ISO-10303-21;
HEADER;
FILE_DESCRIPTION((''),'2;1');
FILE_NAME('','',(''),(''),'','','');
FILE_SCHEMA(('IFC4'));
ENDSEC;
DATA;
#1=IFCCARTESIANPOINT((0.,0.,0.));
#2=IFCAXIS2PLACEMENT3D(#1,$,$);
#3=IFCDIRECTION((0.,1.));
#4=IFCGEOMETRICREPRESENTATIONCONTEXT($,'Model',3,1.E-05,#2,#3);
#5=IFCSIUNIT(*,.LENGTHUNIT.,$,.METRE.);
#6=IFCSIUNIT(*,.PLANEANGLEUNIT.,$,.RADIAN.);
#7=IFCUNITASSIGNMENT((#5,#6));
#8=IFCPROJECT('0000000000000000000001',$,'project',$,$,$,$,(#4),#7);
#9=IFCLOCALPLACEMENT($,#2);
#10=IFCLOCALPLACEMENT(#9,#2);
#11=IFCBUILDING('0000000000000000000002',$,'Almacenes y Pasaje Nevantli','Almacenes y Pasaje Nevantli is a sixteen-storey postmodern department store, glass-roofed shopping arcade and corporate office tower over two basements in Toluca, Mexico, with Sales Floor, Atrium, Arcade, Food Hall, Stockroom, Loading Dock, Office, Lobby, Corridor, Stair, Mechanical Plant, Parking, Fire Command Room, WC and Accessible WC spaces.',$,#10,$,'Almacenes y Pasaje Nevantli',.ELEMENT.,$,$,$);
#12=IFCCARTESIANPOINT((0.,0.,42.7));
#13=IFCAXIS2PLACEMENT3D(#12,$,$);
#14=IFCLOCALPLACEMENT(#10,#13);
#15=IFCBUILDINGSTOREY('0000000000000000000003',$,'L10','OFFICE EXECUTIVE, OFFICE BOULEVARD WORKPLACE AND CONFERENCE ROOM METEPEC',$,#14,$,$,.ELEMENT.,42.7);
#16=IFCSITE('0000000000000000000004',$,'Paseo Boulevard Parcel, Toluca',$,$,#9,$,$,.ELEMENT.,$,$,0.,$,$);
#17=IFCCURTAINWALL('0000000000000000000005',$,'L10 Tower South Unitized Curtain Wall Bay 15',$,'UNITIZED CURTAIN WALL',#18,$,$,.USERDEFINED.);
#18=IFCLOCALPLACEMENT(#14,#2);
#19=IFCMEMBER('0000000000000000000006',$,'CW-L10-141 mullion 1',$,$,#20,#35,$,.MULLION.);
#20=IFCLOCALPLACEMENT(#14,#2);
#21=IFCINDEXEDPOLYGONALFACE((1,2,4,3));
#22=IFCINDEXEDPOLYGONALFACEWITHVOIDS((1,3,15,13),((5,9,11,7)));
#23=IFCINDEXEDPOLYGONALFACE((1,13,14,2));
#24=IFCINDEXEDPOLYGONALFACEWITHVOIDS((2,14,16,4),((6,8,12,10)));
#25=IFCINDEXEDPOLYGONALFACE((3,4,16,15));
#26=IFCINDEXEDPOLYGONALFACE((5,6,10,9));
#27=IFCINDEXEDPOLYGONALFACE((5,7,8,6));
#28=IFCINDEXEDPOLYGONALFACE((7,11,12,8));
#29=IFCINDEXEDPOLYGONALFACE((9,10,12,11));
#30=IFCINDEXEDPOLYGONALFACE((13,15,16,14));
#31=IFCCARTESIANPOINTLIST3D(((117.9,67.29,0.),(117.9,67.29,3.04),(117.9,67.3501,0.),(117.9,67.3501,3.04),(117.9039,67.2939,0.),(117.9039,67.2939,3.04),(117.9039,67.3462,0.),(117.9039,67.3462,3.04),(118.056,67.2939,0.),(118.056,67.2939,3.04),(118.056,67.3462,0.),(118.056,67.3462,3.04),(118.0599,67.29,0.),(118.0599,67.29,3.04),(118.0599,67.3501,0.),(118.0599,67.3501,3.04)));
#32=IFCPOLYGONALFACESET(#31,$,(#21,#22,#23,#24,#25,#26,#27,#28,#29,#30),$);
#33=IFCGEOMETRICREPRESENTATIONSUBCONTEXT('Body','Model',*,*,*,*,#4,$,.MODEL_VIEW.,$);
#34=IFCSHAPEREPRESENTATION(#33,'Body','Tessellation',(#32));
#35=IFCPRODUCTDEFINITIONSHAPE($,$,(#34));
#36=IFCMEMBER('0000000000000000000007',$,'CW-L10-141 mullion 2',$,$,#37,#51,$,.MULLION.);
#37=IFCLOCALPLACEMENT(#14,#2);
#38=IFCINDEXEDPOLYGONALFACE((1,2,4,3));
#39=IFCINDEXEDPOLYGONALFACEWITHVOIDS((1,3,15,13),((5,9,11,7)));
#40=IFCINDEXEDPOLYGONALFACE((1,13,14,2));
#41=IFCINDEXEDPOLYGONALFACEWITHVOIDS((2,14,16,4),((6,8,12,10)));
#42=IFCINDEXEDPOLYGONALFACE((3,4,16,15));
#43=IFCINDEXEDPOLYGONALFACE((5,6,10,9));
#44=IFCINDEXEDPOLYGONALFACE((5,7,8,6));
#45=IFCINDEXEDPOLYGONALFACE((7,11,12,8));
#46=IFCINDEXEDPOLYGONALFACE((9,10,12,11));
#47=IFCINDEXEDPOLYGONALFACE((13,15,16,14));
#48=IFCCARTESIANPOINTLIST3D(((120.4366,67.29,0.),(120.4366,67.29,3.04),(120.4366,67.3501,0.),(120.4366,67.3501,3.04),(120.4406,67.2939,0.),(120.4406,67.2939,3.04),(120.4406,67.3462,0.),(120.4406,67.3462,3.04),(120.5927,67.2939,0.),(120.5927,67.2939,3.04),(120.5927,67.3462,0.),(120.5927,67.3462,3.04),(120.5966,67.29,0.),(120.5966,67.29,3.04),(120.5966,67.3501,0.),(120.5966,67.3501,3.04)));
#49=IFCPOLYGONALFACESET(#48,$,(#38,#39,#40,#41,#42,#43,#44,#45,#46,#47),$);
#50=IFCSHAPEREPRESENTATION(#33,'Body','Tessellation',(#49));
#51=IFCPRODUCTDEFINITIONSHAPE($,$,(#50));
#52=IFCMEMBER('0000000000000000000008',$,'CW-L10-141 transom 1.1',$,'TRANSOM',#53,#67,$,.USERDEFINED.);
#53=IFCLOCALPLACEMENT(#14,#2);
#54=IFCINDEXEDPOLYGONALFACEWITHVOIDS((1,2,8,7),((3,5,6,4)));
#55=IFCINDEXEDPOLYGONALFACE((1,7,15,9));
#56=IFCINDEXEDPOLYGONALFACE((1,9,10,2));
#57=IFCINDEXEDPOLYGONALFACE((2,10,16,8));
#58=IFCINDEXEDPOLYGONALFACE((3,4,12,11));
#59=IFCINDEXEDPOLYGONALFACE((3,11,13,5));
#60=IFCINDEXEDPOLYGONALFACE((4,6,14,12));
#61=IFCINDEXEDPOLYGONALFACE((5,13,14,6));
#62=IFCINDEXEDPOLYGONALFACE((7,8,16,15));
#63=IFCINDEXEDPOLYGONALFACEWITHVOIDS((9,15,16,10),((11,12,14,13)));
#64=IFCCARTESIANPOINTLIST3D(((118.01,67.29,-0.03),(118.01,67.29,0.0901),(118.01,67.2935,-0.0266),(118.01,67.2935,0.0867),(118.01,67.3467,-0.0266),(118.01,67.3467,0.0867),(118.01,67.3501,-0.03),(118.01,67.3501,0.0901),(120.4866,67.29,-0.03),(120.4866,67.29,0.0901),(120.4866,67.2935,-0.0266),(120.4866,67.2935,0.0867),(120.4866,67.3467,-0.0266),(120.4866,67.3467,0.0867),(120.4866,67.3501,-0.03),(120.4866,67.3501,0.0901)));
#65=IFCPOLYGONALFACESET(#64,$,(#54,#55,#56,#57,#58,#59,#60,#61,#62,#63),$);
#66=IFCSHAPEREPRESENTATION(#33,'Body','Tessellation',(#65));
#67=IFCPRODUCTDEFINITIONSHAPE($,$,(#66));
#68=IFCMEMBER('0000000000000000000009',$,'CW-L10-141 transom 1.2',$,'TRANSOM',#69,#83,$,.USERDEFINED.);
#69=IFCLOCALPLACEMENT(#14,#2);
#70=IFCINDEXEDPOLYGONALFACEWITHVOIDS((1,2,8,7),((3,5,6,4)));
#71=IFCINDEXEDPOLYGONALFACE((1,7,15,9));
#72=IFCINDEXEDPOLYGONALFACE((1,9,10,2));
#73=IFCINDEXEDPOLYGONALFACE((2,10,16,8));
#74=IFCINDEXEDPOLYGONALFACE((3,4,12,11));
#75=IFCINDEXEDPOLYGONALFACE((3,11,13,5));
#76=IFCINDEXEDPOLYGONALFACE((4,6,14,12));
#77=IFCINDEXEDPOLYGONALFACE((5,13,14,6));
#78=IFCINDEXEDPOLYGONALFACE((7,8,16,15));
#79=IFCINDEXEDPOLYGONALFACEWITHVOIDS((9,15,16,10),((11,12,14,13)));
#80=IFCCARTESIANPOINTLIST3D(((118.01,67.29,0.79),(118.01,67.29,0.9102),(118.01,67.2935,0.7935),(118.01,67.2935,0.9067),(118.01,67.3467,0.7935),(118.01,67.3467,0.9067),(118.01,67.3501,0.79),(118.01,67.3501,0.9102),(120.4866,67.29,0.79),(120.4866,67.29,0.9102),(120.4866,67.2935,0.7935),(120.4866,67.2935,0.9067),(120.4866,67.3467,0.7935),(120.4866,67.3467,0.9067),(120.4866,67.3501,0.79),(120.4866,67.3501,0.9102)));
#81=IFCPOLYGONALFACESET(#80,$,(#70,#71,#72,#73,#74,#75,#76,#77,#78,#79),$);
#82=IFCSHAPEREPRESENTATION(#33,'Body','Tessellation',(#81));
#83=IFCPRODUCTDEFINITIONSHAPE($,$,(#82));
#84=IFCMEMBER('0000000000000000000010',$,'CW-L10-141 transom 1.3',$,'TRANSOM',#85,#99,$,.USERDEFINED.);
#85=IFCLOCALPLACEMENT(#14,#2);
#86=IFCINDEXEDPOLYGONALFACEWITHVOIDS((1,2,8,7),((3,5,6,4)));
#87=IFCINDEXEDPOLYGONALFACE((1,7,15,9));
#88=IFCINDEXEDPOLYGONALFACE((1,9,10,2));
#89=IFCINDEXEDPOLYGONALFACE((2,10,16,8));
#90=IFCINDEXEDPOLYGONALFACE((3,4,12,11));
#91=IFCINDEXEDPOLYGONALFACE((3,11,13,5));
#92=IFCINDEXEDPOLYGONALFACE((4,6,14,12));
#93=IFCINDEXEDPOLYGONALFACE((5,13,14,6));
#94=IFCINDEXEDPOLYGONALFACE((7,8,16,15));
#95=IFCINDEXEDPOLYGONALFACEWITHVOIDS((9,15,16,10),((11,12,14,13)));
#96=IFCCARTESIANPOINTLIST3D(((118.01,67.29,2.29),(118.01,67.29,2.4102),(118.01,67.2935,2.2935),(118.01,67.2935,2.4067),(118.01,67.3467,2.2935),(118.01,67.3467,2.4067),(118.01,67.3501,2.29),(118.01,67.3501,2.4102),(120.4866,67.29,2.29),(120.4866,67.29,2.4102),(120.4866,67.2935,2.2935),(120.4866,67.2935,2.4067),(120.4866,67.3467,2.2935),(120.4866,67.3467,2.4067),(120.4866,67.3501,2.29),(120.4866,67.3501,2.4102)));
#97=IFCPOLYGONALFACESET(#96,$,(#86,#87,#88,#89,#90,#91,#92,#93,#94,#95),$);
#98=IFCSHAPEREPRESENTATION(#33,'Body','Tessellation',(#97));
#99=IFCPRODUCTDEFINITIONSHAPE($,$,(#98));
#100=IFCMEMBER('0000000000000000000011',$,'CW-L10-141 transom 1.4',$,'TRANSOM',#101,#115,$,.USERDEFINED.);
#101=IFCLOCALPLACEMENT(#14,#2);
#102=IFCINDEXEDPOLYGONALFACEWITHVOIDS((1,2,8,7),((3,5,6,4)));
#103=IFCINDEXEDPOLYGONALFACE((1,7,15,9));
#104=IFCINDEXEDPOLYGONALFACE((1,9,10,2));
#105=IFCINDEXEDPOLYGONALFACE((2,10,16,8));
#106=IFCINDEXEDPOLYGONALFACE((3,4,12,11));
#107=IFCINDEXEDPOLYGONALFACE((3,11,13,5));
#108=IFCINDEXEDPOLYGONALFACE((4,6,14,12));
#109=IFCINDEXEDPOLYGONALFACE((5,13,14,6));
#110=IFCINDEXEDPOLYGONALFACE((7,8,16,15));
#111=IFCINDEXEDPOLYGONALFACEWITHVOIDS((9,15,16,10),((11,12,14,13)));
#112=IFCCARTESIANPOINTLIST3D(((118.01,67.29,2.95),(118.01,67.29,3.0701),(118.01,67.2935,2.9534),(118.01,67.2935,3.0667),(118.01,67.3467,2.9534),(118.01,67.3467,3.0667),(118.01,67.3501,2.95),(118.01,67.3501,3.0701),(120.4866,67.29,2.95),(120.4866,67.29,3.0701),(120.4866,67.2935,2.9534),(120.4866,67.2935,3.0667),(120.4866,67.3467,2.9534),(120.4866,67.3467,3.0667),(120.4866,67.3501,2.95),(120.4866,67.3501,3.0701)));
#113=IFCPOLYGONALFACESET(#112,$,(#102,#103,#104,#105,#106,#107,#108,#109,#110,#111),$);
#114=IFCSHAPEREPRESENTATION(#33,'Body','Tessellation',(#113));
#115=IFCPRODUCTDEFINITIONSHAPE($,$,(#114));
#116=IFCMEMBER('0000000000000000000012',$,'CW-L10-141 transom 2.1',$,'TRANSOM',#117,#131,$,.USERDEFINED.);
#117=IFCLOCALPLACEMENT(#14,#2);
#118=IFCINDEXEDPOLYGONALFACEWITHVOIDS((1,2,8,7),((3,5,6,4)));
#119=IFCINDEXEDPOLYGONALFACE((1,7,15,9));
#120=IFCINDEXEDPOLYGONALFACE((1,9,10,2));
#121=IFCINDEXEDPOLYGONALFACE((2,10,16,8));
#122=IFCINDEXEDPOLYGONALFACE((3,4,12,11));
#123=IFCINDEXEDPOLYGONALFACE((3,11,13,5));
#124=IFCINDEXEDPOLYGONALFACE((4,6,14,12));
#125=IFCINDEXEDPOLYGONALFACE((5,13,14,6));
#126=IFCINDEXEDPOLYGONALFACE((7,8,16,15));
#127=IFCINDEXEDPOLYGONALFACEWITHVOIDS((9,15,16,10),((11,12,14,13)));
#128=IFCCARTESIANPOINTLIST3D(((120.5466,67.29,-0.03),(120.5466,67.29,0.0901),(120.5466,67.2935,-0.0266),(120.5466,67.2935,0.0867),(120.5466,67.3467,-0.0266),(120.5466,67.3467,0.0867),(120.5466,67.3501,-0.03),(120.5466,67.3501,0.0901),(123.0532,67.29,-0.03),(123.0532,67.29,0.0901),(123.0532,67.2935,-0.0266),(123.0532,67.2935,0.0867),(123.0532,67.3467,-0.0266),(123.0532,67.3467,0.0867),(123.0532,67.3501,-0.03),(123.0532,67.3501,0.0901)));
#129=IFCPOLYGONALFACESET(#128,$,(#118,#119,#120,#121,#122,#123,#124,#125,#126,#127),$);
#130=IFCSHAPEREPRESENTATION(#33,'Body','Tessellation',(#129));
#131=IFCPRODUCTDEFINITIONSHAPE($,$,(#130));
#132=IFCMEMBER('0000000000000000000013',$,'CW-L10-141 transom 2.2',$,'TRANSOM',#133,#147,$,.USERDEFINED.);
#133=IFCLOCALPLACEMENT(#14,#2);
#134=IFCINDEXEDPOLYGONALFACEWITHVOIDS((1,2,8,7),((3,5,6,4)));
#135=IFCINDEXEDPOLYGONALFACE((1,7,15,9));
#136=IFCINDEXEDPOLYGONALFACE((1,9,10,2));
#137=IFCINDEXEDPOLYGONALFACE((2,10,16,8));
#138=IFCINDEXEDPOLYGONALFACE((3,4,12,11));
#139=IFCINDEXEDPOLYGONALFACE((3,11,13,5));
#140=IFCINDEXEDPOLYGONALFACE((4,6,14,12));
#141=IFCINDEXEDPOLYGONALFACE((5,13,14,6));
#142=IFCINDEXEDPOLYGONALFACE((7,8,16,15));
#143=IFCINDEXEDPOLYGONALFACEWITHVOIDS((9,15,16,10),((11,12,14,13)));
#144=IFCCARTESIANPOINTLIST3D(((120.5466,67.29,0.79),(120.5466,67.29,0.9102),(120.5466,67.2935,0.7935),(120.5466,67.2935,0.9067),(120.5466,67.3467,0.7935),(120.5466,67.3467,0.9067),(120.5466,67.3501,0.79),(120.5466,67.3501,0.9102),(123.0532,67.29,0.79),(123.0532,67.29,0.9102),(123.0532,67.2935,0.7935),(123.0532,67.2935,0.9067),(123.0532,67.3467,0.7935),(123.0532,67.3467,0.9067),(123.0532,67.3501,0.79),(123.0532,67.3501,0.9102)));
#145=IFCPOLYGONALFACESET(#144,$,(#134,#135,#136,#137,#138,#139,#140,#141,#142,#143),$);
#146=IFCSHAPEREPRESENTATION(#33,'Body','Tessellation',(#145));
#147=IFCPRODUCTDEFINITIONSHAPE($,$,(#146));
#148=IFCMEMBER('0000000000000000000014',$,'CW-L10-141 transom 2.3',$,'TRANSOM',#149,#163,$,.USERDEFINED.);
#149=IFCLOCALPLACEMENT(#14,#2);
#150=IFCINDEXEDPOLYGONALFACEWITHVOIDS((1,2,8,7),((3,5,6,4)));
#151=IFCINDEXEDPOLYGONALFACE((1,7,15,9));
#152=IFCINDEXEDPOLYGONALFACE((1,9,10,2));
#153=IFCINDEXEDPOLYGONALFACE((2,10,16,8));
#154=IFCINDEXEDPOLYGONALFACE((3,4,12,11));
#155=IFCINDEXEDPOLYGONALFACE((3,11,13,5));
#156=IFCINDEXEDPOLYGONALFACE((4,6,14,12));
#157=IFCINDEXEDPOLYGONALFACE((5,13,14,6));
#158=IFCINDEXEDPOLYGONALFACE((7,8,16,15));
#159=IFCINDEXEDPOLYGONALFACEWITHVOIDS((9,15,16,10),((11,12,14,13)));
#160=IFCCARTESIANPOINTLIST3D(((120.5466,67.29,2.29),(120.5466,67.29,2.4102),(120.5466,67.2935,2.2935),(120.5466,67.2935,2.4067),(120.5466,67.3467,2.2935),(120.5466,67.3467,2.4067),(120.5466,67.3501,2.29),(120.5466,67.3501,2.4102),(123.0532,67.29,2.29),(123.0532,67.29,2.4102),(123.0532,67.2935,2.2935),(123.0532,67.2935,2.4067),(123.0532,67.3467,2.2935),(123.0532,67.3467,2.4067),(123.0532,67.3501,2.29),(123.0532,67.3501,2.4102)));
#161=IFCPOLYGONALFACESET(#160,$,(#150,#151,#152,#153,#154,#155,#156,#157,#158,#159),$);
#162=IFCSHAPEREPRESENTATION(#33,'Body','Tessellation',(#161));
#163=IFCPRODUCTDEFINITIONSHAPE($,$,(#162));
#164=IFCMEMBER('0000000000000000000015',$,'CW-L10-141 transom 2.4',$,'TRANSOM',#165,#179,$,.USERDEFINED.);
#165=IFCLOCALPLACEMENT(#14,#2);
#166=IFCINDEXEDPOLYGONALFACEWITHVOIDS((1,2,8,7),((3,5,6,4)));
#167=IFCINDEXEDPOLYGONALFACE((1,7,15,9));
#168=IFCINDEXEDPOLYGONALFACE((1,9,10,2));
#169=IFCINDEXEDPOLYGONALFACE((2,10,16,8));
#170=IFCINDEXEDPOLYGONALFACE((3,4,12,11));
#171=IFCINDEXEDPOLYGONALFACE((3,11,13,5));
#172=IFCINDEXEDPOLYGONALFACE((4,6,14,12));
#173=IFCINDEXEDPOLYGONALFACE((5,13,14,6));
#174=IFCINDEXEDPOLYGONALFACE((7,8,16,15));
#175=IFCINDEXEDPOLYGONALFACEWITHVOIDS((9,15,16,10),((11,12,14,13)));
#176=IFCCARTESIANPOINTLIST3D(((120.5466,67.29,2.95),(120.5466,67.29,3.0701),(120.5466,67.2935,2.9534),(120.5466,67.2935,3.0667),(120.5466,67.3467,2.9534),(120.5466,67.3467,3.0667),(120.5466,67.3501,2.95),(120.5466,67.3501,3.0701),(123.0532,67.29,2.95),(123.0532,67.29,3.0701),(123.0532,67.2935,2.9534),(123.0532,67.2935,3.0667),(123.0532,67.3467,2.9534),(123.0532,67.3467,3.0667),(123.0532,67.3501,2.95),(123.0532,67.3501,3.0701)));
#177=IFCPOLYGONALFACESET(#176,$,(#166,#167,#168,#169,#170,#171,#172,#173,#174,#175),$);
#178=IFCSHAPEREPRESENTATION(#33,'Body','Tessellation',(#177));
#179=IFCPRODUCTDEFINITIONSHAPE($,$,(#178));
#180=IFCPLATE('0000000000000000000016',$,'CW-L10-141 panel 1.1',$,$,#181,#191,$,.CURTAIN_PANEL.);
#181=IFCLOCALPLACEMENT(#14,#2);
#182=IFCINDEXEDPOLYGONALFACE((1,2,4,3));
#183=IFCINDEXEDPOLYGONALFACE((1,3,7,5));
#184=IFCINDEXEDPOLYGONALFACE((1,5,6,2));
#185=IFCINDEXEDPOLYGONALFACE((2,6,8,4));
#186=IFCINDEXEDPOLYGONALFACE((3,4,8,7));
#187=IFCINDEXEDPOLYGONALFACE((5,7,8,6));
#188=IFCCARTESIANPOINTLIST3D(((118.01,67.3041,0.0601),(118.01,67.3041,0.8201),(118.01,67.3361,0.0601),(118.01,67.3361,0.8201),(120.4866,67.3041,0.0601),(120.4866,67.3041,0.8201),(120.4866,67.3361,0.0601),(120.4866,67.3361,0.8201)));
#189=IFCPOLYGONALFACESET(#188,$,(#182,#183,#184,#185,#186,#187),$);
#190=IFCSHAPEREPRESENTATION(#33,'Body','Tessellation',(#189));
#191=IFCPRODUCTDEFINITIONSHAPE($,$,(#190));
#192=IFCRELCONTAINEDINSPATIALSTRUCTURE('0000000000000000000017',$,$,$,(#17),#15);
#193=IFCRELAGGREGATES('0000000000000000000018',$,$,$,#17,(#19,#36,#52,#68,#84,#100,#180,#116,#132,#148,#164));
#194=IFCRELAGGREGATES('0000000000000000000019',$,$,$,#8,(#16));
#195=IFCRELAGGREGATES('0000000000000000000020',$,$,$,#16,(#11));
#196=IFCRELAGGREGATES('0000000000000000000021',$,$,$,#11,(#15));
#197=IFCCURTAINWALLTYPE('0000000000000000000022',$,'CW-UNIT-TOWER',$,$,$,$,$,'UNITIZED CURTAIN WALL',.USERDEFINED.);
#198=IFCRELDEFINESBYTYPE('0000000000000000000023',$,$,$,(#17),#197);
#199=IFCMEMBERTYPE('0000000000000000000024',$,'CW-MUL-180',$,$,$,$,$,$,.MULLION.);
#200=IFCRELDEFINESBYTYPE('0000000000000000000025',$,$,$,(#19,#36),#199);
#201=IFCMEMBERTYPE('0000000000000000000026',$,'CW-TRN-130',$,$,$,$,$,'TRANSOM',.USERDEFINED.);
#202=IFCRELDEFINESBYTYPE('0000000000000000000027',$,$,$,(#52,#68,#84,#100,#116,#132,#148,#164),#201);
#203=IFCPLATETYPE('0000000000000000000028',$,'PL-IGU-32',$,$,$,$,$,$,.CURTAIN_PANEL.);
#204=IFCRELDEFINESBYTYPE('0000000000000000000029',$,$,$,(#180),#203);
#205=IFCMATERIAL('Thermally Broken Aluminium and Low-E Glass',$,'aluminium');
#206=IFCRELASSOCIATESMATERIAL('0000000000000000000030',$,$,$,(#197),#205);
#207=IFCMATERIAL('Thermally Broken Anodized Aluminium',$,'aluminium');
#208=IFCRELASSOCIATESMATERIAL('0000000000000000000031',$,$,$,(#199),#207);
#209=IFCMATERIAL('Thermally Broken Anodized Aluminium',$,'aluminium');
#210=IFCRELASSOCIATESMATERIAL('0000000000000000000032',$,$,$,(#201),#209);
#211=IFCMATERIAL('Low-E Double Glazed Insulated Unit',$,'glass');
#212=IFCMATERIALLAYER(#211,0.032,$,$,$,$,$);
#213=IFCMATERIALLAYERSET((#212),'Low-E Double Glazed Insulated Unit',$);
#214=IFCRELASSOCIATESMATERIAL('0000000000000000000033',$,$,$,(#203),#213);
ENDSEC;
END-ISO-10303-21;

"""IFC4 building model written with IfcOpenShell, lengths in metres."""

from ifc_helpers import new_model, si_unit, direction, frame, origin, origin_2d, place, context, subcontext, project, spatial, rectangle, hollow_rectangle, extrude, material, layer, layer_set, material_profile, profile_set, type_object, element, aggregate, save


model = new_model("IFC4")

# Units and contexts
model_context = context("Model", 3, precision=1e-05, world=origin(), true_north=direction((0.0, 1.0)))
body_context = subcontext(model_context, "Body", "Model", "MODEL_VIEW")
ifc_project = project(units=[si_unit("LENGTHUNIT", "METRE"), si_unit("PLANEANGLEUNIT", "RADIAN")], contexts=[model_context])

# Site, building, storey
site_placement = place(None, origin())
site = spatial("IfcSite", under=ifc_project, at=site_placement, Name="Paseo Boulevard Parcel, Toluca", CompositionType="ELEMENT", RefElevation=0.0)
building_placement = place(site_placement, origin())
building = spatial("IfcBuilding", under=site, at=building_placement, Name="Almacenes y Pasaje Nevantli", Description="Almacenes y Pasaje Nevantli is a sixteen-storey postmodern department store, glass-roofed shopping arcade and corporate office tower over two basements in Toluca, Mexico, with Sales Floor, Atrium, Arcade, Food Hall, Stockroom, Loading Dock, Office, Lobby, Corridor, Stair, Mechanical Plant, Parking, Fire Command Room, WC and Accessible WC spaces.", LongName="Almacenes y Pasaje Nevantli", CompositionType="ELEMENT")
storey_placement = place(building_placement, frame((0.0, 0.0, 42.7)))
storey = spatial("IfcBuildingStorey", under=building, at=storey_placement, Name="L10", Description="OFFICE EXECUTIVE, OFFICE BOULEVARD WORKPLACE AND CONFERENCE ROOM METEPEC", CompositionType="ELEMENT", Elevation=42.7)

# Curtain wall, members, plate
ifc_material_1 = material(Name="Thermally Broken Aluminium and Low-E Glass", Category="aluminium")
curtain_wall_type = type_object("IfcCurtainWallType", Name="CW-UNIT-TOWER", ElementType="UNITIZED CURTAIN WALL", PredefinedType="USERDEFINED", material=ifc_material_1)
curtain_wall_placement = place(storey_placement, origin())
curtain_wall = element("IfcCurtainWall", 1, at=curtain_wall_placement, inside=storey, type_object=curtain_wall_type, Name="L10 Tower South Unitized Curtain Wall Bay 15", ObjectType="UNITIZED CURTAIN WALL", PredefinedType="USERDEFINED")
ifc_material_2 = material(Name="Thermally Broken Anodized Aluminium", Category="aluminium")
ifc_material_profile_1 = material_profile(ifc_material_2, hollow_rectangle(XDim=0.0601, YDim=0.1599, WallThickness=0.0039, at=origin_2d()), Name="ALU-MUL-60x160")
ifc_profile_set_1 = profile_set([ifc_material_profile_1], Name="Thermally Broken Anodized Aluminium")
member_type_1 = type_object("IfcMemberType", Name="CW-MUL-180", PredefinedType="MULLION", material=ifc_profile_set_1)
member_1_placement = place(storey_placement, frame((117.98, 67.3201, 0.0), z_axis=(0.0, 0.0, 1.0), x_axis=(0.0, 1.0, 0.0)))
member_1 = element("IfcMember", 2, at=member_1_placement, type_object=member_type_1, Name="CW-L10-141 mullion 1", PredefinedType="MULLION", context=body_context, shape_type="SweptSolid", body=[
    extrude(hollow_rectangle(XDim=0.0601, YDim=0.1599, WallThickness=0.0039, at=origin_2d()), origin(), (0.0, 0.0, 1.0), 3.04),
])
member_2_placement = place(storey_placement, frame((120.5166, 67.3201, 0.0), z_axis=(0.0, 0.0, 1.0), x_axis=(0.0, 1.0, 0.0)))
member_2 = element("IfcMember", 3, at=member_2_placement, type_object=member_type_1, Name="CW-L10-141 mullion 2", PredefinedType="MULLION", context=body_context, shape_type="SweptSolid", body=[
    extrude(hollow_rectangle(XDim=0.0601, YDim=0.1599, WallThickness=0.0039, at=origin_2d()), origin(), (0.0, 0.0, 1.0), 3.04),
])
ifc_material_3 = material(Name="Thermally Broken Anodized Aluminium", Category="aluminium")
ifc_material_profile_2 = material_profile(ifc_material_3, hollow_rectangle(XDim=0.0601, YDim=0.1201, WallThickness=0.0034, at=origin_2d()), Name="ALU-TRN-60x120")
ifc_profile_set_2 = profile_set([ifc_material_profile_2], Name="Thermally Broken Anodized Aluminium")
member_type_2 = type_object("IfcMemberType", Name="CW-TRN-130", ElementType="TRANSOM", PredefinedType="USERDEFINED", material=ifc_profile_set_2)
member_3_placement = place(storey_placement, frame((118.01, 67.3201, 0.03), z_axis=(1.0, 0.0, 0.0), x_axis=(0.0, 1.0, 0.0)))
member_3 = element("IfcMember", 4, at=member_3_placement, type_object=member_type_2, Name="CW-L10-141 transom 1.1", ObjectType="TRANSOM", PredefinedType="USERDEFINED", context=body_context, shape_type="SweptSolid", body=[
    extrude(hollow_rectangle(XDim=0.0601, YDim=0.1201, WallThickness=0.0034, at=origin_2d()), origin(), (0.0, 0.0, 1.0), 2.4766),
])
member_4_placement = place(storey_placement, frame((118.01, 67.3201, 0.8501), z_axis=(1.0, 0.0, 0.0), x_axis=(0.0, 1.0, 0.0)))
member_4 = element("IfcMember", 5, at=member_4_placement, type_object=member_type_2, Name="CW-L10-141 transom 1.2", ObjectType="TRANSOM", PredefinedType="USERDEFINED", context=body_context, shape_type="SweptSolid", body=[
    extrude(hollow_rectangle(XDim=0.0601, YDim=0.1201, WallThickness=0.0034, at=origin_2d()), origin(), (0.0, 0.0, 1.0), 2.4766),
])
member_5_placement = place(storey_placement, frame((118.01, 67.3201, 2.3501), z_axis=(1.0, 0.0, 0.0), x_axis=(0.0, 1.0, 0.0)))
member_5 = element("IfcMember", 6, at=member_5_placement, type_object=member_type_2, Name="CW-L10-141 transom 1.3", ObjectType="TRANSOM", PredefinedType="USERDEFINED", context=body_context, shape_type="SweptSolid", body=[
    extrude(hollow_rectangle(XDim=0.0601, YDim=0.1201, WallThickness=0.0034, at=origin_2d()), origin(), (0.0, 0.0, 1.0), 2.4766),
])
member_6_placement = place(storey_placement, frame((118.01, 67.3201, 3.01), z_axis=(1.0, 0.0, 0.0), x_axis=(0.0, 1.0, 0.0)))
member_6 = element("IfcMember", 7, at=member_6_placement, type_object=member_type_2, Name="CW-L10-141 transom 1.4", ObjectType="TRANSOM", PredefinedType="USERDEFINED", context=body_context, shape_type="SweptSolid", body=[
    extrude(hollow_rectangle(XDim=0.0601, YDim=0.1201, WallThickness=0.0034, at=origin_2d()), origin(), (0.0, 0.0, 1.0), 2.4766),
])
member_7_placement = place(storey_placement, frame((120.5466, 67.3201, 0.03), z_axis=(1.0, 0.0, 0.0), x_axis=(0.0, 1.0, 0.0)))
member_7 = element("IfcMember", 8, at=member_7_placement, type_object=member_type_2, Name="CW-L10-141 transom 2.1", ObjectType="TRANSOM", PredefinedType="USERDEFINED", context=body_context, shape_type="SweptSolid", body=[
    extrude(hollow_rectangle(XDim=0.0601, YDim=0.1201, WallThickness=0.0034, at=origin_2d()), origin(), (0.0, 0.0, 1.0), 2.5066),
])
member_8_placement = place(storey_placement, frame((120.5466, 67.3201, 0.8501), z_axis=(1.0, 0.0, 0.0), x_axis=(0.0, 1.0, 0.0)))
member_8 = element("IfcMember", 9, at=member_8_placement, type_object=member_type_2, Name="CW-L10-141 transom 2.2", ObjectType="TRANSOM", PredefinedType="USERDEFINED", context=body_context, shape_type="SweptSolid", body=[
    extrude(hollow_rectangle(XDim=0.0601, YDim=0.1201, WallThickness=0.0034, at=origin_2d()), origin(), (0.0, 0.0, 1.0), 2.5066),
])
member_9_placement = place(storey_placement, frame((120.5466, 67.3201, 2.3501), z_axis=(1.0, 0.0, 0.0), x_axis=(0.0, 1.0, 0.0)))
member_9 = element("IfcMember", 10, at=member_9_placement, type_object=member_type_2, Name="CW-L10-141 transom 2.3", ObjectType="TRANSOM", PredefinedType="USERDEFINED", context=body_context, shape_type="SweptSolid", body=[
    extrude(hollow_rectangle(XDim=0.0601, YDim=0.1201, WallThickness=0.0034, at=origin_2d()), origin(), (0.0, 0.0, 1.0), 2.5066),
])
member_10_placement = place(storey_placement, frame((120.5466, 67.3201, 3.01), z_axis=(1.0, 0.0, 0.0), x_axis=(0.0, 1.0, 0.0)))
member_10 = element("IfcMember", 11, at=member_10_placement, type_object=member_type_2, Name="CW-L10-141 transom 2.4", ObjectType="TRANSOM", PredefinedType="USERDEFINED", context=body_context, shape_type="SweptSolid", body=[
    extrude(hollow_rectangle(XDim=0.0601, YDim=0.1201, WallThickness=0.0034, at=origin_2d()), origin(), (0.0, 0.0, 1.0), 2.5066),
])
ifc_material_4 = material(Name="Low-E Double Glazed Insulated Unit", Category="glass")
ifc_layer_1 = layer(ifc_material_4, 0.032)
ifc_layer_set_1 = layer_set([ifc_layer_1], Name="Low-E Double Glazed Insulated Unit")
plate_type = type_object("IfcPlateType", Name="PL-IGU-32", PredefinedType="CURTAIN_PANEL", material=ifc_layer_set_1)
plate_1_placement = place(storey_placement, frame((119.2483, 67.3201, 0.0601), z_axis=(0.0, 0.0, 1.0), x_axis=(1.0, 0.0, 0.0)))
plate_1 = element("IfcPlate", 12, at=plate_1_placement, type_object=plate_type, Name="CW-L10-141 panel 1.1", PredefinedType="CURTAIN_PANEL", context=body_context, shape_type="SweptSolid", body=[
    extrude(rectangle(XDim=2.4766, YDim=0.032, at=origin_2d()), origin(), (0.0, 0.0, 1.0), 0.76),
])
aggregate(curtain_wall, [member_1, member_2, member_3, member_4, member_5, member_6, plate_1, member_7, member_8, member_9, member_10])

save(model, "model.ifc")
